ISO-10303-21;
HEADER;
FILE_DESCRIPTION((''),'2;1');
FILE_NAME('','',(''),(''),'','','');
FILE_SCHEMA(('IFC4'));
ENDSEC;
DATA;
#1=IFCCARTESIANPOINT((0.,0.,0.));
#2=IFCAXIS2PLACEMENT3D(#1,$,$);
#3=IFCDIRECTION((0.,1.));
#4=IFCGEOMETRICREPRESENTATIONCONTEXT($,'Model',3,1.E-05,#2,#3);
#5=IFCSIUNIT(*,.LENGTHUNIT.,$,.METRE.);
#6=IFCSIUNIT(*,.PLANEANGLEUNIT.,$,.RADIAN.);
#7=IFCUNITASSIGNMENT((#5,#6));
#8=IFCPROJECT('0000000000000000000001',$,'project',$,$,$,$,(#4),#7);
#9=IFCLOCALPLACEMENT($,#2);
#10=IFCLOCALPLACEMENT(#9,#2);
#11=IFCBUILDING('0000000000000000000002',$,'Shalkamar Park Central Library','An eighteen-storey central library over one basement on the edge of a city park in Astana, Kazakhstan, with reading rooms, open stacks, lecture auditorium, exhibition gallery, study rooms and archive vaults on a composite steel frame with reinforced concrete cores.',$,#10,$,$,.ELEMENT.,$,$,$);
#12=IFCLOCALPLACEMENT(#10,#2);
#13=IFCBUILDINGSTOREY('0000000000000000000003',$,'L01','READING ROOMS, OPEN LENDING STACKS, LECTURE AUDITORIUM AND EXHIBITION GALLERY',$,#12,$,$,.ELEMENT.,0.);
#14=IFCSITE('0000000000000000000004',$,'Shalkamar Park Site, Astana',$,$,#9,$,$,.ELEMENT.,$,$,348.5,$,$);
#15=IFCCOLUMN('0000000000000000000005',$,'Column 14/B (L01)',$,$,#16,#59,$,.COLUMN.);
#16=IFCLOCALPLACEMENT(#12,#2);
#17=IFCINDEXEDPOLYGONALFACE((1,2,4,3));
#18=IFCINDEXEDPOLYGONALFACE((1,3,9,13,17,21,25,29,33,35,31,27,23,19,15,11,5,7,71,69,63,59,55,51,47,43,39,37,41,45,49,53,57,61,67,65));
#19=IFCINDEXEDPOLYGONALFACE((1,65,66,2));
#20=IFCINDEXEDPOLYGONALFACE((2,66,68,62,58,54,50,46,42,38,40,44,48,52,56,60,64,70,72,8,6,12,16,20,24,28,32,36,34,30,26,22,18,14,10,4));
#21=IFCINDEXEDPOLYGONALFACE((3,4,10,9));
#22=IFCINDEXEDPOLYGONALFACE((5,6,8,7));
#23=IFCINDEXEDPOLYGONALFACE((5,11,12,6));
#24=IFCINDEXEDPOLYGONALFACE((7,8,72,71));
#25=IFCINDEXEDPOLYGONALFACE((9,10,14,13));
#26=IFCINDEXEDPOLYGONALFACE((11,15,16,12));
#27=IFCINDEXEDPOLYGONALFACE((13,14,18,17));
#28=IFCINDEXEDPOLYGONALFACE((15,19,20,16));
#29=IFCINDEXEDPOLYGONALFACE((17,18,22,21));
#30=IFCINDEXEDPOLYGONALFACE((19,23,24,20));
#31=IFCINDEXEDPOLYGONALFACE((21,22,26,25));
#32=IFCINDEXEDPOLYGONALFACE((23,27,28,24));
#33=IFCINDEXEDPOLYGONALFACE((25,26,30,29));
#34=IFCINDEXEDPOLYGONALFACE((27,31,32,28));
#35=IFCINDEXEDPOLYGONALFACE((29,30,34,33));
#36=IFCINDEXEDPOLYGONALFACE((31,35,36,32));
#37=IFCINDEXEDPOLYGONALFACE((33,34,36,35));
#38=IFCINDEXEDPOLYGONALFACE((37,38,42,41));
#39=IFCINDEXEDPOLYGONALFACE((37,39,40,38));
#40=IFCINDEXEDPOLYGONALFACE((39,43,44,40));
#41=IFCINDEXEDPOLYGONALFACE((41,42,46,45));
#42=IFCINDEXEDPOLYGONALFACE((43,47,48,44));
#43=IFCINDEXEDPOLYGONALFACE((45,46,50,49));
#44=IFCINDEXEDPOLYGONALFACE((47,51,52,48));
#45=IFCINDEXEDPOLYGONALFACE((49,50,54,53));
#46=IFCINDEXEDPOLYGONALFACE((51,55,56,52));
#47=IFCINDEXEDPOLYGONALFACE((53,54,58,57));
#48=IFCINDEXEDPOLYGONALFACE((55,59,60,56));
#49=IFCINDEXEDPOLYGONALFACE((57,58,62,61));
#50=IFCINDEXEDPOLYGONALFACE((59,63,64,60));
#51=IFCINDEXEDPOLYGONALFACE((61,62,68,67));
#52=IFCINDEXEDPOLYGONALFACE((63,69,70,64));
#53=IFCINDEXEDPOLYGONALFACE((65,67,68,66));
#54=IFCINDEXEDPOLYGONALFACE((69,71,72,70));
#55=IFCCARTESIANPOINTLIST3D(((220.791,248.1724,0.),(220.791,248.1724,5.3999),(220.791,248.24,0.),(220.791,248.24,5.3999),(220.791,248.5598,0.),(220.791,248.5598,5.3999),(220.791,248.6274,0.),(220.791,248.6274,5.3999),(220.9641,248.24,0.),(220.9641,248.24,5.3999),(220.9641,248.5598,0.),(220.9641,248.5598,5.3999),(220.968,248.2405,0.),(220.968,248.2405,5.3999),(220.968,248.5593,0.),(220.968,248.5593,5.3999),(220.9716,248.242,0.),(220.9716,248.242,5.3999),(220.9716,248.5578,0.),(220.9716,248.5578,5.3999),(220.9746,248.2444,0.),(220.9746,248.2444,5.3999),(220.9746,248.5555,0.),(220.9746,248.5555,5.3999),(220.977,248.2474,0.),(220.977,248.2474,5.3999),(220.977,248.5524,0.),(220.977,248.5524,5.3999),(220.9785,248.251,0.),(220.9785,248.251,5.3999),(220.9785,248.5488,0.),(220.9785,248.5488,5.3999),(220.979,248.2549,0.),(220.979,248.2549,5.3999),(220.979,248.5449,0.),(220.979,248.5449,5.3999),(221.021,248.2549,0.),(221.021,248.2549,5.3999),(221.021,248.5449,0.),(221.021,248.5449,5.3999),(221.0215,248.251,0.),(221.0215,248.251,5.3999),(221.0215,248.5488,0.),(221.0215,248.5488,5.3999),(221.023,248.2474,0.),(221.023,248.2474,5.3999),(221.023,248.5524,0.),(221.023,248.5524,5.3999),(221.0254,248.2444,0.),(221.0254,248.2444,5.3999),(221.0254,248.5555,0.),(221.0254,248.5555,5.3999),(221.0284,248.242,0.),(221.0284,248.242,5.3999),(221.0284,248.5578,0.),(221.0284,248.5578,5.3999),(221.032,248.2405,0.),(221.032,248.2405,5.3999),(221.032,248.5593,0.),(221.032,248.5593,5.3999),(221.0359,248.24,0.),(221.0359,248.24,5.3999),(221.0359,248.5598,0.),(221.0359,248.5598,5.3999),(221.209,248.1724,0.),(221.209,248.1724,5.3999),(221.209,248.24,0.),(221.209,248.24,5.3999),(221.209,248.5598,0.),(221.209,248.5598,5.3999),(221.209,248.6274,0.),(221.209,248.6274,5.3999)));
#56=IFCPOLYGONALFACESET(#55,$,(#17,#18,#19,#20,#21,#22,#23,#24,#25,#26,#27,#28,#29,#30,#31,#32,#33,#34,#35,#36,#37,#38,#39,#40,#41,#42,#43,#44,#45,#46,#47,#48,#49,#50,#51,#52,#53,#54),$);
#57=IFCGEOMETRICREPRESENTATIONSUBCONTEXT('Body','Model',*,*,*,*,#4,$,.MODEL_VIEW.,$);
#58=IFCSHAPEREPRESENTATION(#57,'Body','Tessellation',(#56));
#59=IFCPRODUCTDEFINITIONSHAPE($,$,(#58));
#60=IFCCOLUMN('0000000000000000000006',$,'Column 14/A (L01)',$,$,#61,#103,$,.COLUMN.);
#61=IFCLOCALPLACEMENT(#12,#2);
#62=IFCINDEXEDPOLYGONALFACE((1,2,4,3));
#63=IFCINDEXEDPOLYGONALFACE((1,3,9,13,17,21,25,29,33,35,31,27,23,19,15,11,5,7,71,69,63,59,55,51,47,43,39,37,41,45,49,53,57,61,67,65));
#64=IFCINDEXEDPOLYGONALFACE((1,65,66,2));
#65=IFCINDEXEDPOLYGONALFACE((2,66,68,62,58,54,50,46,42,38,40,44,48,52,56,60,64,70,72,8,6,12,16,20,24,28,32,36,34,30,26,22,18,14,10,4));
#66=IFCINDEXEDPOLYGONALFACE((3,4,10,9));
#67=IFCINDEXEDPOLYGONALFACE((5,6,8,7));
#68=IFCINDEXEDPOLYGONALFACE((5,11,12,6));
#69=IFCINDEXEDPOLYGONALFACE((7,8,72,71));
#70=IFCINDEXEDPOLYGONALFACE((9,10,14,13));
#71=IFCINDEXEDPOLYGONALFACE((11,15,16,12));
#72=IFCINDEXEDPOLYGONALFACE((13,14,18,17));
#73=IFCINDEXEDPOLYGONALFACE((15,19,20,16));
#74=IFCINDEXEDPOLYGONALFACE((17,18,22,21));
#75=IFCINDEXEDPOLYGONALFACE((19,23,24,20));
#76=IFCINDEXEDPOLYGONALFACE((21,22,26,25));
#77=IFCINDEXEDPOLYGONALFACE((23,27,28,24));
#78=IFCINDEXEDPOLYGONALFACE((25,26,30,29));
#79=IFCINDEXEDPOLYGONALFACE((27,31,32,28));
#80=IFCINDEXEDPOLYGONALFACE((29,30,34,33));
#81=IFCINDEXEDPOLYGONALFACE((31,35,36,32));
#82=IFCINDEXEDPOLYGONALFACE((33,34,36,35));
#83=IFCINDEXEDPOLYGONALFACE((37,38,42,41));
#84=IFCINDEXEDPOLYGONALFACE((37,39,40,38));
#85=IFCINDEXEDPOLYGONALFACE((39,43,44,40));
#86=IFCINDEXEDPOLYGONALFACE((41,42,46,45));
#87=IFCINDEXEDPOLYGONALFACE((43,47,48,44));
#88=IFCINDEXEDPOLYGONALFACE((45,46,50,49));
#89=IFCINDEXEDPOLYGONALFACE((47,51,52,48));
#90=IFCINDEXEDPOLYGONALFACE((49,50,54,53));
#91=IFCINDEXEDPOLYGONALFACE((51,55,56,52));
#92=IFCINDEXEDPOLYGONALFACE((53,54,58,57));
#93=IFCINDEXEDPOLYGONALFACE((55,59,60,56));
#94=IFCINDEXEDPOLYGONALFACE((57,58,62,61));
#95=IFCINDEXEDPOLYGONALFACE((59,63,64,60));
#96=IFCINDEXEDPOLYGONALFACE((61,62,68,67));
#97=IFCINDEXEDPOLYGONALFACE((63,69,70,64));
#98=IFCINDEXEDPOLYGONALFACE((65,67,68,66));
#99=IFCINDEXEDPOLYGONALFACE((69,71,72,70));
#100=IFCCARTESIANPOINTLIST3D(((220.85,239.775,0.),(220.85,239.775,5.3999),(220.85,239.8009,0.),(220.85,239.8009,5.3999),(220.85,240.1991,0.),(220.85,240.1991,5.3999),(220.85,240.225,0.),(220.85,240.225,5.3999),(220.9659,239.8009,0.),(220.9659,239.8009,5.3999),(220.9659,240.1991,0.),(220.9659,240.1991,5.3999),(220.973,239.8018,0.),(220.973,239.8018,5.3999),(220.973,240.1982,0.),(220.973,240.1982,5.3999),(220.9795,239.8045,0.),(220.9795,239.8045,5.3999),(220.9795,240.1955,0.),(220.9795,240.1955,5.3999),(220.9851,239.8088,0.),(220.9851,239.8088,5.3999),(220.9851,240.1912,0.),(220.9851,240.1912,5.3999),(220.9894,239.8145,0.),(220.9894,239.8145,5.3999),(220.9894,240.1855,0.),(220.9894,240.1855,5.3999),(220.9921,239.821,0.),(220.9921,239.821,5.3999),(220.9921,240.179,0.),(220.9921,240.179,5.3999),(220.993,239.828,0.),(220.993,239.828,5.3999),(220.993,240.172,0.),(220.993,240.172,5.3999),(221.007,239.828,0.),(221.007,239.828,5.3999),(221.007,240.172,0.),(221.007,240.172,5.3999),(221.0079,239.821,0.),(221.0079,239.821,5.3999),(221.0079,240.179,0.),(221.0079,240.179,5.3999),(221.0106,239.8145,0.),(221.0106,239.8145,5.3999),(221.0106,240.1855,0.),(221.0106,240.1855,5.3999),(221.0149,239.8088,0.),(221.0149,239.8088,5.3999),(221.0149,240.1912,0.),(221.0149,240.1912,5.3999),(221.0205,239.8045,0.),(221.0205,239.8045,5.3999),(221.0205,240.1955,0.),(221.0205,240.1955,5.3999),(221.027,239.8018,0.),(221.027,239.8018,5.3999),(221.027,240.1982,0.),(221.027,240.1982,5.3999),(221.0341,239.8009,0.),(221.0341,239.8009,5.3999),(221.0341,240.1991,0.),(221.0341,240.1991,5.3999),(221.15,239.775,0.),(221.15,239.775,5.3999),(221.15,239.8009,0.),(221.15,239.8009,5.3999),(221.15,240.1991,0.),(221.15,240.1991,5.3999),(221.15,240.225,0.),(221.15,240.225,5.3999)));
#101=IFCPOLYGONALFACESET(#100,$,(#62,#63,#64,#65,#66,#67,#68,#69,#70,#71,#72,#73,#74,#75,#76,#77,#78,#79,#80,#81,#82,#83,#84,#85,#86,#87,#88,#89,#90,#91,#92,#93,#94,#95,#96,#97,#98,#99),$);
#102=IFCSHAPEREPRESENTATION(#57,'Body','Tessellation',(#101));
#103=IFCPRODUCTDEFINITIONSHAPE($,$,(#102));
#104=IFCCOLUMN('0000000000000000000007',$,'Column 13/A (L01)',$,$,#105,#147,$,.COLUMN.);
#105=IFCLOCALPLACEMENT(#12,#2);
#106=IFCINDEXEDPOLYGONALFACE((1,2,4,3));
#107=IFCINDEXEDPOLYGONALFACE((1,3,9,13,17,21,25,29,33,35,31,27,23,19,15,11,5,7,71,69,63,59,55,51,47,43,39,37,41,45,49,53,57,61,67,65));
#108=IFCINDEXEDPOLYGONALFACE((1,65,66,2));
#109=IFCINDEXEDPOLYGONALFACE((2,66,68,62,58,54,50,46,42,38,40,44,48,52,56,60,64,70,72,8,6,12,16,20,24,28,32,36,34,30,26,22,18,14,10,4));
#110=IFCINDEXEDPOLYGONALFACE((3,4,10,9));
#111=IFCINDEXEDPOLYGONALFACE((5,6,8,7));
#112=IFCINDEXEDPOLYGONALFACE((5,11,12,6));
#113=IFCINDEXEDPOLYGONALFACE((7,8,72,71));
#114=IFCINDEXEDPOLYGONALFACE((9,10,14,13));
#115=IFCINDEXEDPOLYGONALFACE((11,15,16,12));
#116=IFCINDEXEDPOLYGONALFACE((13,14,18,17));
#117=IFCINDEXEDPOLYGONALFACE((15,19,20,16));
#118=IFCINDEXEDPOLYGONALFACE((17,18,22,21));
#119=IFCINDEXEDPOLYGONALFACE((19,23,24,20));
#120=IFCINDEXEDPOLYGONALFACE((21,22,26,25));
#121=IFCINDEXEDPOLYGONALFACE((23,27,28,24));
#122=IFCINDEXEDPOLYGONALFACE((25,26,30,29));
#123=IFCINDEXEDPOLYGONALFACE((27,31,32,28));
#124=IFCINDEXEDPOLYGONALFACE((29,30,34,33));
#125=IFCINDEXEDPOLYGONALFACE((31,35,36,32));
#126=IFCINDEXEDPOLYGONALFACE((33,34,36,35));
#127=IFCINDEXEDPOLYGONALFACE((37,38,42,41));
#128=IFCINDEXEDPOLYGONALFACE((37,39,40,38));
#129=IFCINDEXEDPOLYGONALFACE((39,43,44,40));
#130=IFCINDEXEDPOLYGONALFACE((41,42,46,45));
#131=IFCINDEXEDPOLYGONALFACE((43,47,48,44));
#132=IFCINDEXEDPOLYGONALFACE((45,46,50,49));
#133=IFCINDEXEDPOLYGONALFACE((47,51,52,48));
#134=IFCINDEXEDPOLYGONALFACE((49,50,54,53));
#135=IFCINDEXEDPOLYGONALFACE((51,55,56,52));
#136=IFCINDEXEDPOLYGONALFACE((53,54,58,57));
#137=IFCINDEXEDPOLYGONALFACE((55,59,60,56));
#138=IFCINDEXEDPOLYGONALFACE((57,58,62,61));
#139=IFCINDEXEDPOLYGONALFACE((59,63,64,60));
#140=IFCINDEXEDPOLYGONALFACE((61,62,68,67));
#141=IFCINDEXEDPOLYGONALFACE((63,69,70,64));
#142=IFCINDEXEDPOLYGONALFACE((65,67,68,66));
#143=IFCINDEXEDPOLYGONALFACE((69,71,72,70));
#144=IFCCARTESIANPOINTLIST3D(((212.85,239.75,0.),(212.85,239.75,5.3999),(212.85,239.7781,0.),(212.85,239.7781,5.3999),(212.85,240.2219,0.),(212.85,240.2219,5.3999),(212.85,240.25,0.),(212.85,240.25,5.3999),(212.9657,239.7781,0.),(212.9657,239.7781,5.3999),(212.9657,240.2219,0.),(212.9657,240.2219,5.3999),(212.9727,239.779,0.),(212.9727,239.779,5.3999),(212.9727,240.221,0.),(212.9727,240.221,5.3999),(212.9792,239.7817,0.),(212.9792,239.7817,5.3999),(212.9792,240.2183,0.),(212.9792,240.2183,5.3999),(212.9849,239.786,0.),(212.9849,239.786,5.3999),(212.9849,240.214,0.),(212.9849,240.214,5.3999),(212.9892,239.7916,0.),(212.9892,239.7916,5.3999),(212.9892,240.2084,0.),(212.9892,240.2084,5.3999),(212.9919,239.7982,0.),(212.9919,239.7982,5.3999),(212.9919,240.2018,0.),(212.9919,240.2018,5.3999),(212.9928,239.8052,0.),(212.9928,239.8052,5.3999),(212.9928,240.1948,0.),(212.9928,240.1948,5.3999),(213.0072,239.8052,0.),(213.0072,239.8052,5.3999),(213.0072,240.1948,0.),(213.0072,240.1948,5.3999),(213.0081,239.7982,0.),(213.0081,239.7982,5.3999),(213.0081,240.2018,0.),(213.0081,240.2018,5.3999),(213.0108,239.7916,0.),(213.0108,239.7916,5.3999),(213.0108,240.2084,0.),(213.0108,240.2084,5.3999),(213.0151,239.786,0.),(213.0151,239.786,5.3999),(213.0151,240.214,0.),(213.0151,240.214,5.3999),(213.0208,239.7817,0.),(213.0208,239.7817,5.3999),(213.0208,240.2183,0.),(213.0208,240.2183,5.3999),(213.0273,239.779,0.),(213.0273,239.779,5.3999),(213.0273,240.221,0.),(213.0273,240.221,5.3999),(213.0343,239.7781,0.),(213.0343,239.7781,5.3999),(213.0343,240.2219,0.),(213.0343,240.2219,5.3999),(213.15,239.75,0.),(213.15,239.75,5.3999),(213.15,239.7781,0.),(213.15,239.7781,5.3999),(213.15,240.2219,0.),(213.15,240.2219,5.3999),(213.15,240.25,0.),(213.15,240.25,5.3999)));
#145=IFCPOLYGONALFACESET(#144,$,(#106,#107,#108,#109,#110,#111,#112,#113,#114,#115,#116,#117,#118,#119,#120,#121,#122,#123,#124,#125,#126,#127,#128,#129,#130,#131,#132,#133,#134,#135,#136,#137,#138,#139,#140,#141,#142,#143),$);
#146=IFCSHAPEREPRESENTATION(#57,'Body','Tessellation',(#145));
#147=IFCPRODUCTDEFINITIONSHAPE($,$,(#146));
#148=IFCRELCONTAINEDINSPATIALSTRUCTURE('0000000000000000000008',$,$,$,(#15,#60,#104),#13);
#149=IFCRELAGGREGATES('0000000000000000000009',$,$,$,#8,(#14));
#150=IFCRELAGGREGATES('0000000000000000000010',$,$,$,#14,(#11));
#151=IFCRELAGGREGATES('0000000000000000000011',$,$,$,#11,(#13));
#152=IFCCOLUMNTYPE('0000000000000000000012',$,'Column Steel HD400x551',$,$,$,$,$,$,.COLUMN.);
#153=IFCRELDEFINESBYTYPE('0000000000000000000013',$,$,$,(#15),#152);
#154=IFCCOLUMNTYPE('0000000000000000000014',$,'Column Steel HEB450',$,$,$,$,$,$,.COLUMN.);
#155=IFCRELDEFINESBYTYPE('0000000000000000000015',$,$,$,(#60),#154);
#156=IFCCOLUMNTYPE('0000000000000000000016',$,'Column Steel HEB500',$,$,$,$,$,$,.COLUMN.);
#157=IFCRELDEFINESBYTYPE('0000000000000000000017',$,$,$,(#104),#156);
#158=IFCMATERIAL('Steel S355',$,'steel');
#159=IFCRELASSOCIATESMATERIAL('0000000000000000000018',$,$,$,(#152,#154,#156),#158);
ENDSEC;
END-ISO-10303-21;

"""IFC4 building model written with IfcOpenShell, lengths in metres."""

from ifc_helpers import new_model, si_unit, direction, frame, origin, origin_2d, place, context, subcontext, project, spatial, i_section, extrude, material, material_profile, profile_set, type_object, element, save


model = new_model("IFC4")

# Units and contexts
model_context = context("Model", 3, precision=1e-05, world=origin(), true_north=direction((0.0, 1.0)))
body_context = subcontext(model_context, "Body", "Model", "MODEL_VIEW")
ifc_project = project(units=[si_unit("LENGTHUNIT", "METRE"), si_unit("PLANEANGLEUNIT", "RADIAN")], contexts=[model_context])

# Site, building, storey
site_placement = place(None, origin())
site = spatial("IfcSite", under=ifc_project, at=site_placement, Name="Shalkamar Park Site, Astana", CompositionType="ELEMENT", RefElevation=348.5)
building_placement = place(site_placement, origin())
building = spatial("IfcBuilding", under=site, at=building_placement, Name="Shalkamar Park Central Library", Description="An eighteen-storey central library over one basement on the edge of a city park in Astana, Kazakhstan, with reading rooms, open stacks, lecture auditorium, exhibition gallery, study rooms and archive vaults on a composite steel frame with reinforced concrete cores.", CompositionType="ELEMENT")
storey_placement = place(building_placement, origin())
storey = spatial("IfcBuildingStorey", under=building, at=storey_placement, Name="L01", Description="READING ROOMS, OPEN LENDING STACKS, LECTURE AUDITORIUM AND EXHIBITION GALLERY", CompositionType="ELEMENT", Elevation=0.0)

# Columns
ifc_material_1 = material(Name="Steel S355", Category="steel")
ifc_material_profile_1 = material_profile(ifc_material_1, i_section(OverallWidth=0.418, OverallDepth=0.4551, WebThickness=0.042, FlangeThickness=0.0676, FilletRadius=0.0149, at=origin_2d()), Name="HD 400x551")
ifc_profile_set_1 = profile_set([ifc_material_profile_1], Name="Steel S355")
column_type_1 = type_object("IfcColumnType", Name="Column Steel HD400x551", PredefinedType="COLUMN", material=ifc_profile_set_1)
for number, where, z_axis, x_axis, name in (
    (1, (221.0, 248.3999, 0.0), (0.0, 0.0, 1.0), (1.0, 0.0, 0.0), "Column 14/B (L01)"),
):
    element("IfcColumn", number, at=place(storey_placement, frame(where, z_axis=z_axis, x_axis=x_axis)), inside=storey, type_object=column_type_1, Name=name, PredefinedType="COLUMN", context=body_context, shape_type="SweptSolid", body=[
        extrude(i_section(OverallWidth=0.418, OverallDepth=0.4551, WebThickness=0.042, FlangeThickness=0.0676, FilletRadius=0.0149, at=origin_2d()), origin(), (0.0, 0.0, 1.0), 5.3999),
    ])
ifc_material_profile_2 = material_profile(ifc_material_1, i_section(OverallWidth=0.3, OverallDepth=0.45, WebThickness=0.0139, FlangeThickness=0.0259, FilletRadius=0.0271, at=origin_2d()), Name="HEB 450")
ifc_profile_set_2 = profile_set([ifc_material_profile_2], Name="Steel S355")
column_type_2 = type_object("IfcColumnType", Name="Column Steel HEB450", PredefinedType="COLUMN", material=ifc_profile_set_2)
column_1_placement = place(storey_placement, frame((221.0, 240.0, 0.0), z_axis=(0.0, 0.0, 1.0), x_axis=(1.0, 0.0, 0.0)))
element("IfcColumn", 2, at=column_1_placement, inside=storey, type_object=column_type_2, Name="Column 14/A (L01)", PredefinedType="COLUMN", context=body_context, shape_type="SweptSolid", body=[
    extrude(i_section(OverallWidth=0.3, OverallDepth=0.45, WebThickness=0.0139, FlangeThickness=0.0259, FilletRadius=0.0271, at=origin_2d()), origin(), (0.0, 0.0, 1.0), 5.3999),
])
ifc_material_profile_3 = material_profile(ifc_material_1, i_section(OverallWidth=0.3, OverallDepth=0.5, WebThickness=0.0144, FlangeThickness=0.0281, FilletRadius=0.0271, at=origin_2d()), Name="HEB 500")
ifc_profile_set_3 = profile_set([ifc_material_profile_3], Name="Steel S355")
column_type_3 = type_object("IfcColumnType", Name="Column Steel HEB500", PredefinedType="COLUMN", material=ifc_profile_set_3)
column_2_placement = place(storey_placement, frame((213.0, 240.0, 0.0), z_axis=(0.0, 0.0, 1.0), x_axis=(1.0, 0.0, 0.0)))
element("IfcColumn", 3, at=column_2_placement, inside=storey, type_object=column_type_3, Name="Column 13/A (L01)", PredefinedType="COLUMN", context=body_context, shape_type="SweptSolid", body=[
    extrude(i_section(OverallWidth=0.3, OverallDepth=0.5, WebThickness=0.0144, FlangeThickness=0.0281, FilletRadius=0.0271, at=origin_2d()), origin(), (0.0, 0.0, 1.0), 5.3999),
])

save(model, "model.ifc")
